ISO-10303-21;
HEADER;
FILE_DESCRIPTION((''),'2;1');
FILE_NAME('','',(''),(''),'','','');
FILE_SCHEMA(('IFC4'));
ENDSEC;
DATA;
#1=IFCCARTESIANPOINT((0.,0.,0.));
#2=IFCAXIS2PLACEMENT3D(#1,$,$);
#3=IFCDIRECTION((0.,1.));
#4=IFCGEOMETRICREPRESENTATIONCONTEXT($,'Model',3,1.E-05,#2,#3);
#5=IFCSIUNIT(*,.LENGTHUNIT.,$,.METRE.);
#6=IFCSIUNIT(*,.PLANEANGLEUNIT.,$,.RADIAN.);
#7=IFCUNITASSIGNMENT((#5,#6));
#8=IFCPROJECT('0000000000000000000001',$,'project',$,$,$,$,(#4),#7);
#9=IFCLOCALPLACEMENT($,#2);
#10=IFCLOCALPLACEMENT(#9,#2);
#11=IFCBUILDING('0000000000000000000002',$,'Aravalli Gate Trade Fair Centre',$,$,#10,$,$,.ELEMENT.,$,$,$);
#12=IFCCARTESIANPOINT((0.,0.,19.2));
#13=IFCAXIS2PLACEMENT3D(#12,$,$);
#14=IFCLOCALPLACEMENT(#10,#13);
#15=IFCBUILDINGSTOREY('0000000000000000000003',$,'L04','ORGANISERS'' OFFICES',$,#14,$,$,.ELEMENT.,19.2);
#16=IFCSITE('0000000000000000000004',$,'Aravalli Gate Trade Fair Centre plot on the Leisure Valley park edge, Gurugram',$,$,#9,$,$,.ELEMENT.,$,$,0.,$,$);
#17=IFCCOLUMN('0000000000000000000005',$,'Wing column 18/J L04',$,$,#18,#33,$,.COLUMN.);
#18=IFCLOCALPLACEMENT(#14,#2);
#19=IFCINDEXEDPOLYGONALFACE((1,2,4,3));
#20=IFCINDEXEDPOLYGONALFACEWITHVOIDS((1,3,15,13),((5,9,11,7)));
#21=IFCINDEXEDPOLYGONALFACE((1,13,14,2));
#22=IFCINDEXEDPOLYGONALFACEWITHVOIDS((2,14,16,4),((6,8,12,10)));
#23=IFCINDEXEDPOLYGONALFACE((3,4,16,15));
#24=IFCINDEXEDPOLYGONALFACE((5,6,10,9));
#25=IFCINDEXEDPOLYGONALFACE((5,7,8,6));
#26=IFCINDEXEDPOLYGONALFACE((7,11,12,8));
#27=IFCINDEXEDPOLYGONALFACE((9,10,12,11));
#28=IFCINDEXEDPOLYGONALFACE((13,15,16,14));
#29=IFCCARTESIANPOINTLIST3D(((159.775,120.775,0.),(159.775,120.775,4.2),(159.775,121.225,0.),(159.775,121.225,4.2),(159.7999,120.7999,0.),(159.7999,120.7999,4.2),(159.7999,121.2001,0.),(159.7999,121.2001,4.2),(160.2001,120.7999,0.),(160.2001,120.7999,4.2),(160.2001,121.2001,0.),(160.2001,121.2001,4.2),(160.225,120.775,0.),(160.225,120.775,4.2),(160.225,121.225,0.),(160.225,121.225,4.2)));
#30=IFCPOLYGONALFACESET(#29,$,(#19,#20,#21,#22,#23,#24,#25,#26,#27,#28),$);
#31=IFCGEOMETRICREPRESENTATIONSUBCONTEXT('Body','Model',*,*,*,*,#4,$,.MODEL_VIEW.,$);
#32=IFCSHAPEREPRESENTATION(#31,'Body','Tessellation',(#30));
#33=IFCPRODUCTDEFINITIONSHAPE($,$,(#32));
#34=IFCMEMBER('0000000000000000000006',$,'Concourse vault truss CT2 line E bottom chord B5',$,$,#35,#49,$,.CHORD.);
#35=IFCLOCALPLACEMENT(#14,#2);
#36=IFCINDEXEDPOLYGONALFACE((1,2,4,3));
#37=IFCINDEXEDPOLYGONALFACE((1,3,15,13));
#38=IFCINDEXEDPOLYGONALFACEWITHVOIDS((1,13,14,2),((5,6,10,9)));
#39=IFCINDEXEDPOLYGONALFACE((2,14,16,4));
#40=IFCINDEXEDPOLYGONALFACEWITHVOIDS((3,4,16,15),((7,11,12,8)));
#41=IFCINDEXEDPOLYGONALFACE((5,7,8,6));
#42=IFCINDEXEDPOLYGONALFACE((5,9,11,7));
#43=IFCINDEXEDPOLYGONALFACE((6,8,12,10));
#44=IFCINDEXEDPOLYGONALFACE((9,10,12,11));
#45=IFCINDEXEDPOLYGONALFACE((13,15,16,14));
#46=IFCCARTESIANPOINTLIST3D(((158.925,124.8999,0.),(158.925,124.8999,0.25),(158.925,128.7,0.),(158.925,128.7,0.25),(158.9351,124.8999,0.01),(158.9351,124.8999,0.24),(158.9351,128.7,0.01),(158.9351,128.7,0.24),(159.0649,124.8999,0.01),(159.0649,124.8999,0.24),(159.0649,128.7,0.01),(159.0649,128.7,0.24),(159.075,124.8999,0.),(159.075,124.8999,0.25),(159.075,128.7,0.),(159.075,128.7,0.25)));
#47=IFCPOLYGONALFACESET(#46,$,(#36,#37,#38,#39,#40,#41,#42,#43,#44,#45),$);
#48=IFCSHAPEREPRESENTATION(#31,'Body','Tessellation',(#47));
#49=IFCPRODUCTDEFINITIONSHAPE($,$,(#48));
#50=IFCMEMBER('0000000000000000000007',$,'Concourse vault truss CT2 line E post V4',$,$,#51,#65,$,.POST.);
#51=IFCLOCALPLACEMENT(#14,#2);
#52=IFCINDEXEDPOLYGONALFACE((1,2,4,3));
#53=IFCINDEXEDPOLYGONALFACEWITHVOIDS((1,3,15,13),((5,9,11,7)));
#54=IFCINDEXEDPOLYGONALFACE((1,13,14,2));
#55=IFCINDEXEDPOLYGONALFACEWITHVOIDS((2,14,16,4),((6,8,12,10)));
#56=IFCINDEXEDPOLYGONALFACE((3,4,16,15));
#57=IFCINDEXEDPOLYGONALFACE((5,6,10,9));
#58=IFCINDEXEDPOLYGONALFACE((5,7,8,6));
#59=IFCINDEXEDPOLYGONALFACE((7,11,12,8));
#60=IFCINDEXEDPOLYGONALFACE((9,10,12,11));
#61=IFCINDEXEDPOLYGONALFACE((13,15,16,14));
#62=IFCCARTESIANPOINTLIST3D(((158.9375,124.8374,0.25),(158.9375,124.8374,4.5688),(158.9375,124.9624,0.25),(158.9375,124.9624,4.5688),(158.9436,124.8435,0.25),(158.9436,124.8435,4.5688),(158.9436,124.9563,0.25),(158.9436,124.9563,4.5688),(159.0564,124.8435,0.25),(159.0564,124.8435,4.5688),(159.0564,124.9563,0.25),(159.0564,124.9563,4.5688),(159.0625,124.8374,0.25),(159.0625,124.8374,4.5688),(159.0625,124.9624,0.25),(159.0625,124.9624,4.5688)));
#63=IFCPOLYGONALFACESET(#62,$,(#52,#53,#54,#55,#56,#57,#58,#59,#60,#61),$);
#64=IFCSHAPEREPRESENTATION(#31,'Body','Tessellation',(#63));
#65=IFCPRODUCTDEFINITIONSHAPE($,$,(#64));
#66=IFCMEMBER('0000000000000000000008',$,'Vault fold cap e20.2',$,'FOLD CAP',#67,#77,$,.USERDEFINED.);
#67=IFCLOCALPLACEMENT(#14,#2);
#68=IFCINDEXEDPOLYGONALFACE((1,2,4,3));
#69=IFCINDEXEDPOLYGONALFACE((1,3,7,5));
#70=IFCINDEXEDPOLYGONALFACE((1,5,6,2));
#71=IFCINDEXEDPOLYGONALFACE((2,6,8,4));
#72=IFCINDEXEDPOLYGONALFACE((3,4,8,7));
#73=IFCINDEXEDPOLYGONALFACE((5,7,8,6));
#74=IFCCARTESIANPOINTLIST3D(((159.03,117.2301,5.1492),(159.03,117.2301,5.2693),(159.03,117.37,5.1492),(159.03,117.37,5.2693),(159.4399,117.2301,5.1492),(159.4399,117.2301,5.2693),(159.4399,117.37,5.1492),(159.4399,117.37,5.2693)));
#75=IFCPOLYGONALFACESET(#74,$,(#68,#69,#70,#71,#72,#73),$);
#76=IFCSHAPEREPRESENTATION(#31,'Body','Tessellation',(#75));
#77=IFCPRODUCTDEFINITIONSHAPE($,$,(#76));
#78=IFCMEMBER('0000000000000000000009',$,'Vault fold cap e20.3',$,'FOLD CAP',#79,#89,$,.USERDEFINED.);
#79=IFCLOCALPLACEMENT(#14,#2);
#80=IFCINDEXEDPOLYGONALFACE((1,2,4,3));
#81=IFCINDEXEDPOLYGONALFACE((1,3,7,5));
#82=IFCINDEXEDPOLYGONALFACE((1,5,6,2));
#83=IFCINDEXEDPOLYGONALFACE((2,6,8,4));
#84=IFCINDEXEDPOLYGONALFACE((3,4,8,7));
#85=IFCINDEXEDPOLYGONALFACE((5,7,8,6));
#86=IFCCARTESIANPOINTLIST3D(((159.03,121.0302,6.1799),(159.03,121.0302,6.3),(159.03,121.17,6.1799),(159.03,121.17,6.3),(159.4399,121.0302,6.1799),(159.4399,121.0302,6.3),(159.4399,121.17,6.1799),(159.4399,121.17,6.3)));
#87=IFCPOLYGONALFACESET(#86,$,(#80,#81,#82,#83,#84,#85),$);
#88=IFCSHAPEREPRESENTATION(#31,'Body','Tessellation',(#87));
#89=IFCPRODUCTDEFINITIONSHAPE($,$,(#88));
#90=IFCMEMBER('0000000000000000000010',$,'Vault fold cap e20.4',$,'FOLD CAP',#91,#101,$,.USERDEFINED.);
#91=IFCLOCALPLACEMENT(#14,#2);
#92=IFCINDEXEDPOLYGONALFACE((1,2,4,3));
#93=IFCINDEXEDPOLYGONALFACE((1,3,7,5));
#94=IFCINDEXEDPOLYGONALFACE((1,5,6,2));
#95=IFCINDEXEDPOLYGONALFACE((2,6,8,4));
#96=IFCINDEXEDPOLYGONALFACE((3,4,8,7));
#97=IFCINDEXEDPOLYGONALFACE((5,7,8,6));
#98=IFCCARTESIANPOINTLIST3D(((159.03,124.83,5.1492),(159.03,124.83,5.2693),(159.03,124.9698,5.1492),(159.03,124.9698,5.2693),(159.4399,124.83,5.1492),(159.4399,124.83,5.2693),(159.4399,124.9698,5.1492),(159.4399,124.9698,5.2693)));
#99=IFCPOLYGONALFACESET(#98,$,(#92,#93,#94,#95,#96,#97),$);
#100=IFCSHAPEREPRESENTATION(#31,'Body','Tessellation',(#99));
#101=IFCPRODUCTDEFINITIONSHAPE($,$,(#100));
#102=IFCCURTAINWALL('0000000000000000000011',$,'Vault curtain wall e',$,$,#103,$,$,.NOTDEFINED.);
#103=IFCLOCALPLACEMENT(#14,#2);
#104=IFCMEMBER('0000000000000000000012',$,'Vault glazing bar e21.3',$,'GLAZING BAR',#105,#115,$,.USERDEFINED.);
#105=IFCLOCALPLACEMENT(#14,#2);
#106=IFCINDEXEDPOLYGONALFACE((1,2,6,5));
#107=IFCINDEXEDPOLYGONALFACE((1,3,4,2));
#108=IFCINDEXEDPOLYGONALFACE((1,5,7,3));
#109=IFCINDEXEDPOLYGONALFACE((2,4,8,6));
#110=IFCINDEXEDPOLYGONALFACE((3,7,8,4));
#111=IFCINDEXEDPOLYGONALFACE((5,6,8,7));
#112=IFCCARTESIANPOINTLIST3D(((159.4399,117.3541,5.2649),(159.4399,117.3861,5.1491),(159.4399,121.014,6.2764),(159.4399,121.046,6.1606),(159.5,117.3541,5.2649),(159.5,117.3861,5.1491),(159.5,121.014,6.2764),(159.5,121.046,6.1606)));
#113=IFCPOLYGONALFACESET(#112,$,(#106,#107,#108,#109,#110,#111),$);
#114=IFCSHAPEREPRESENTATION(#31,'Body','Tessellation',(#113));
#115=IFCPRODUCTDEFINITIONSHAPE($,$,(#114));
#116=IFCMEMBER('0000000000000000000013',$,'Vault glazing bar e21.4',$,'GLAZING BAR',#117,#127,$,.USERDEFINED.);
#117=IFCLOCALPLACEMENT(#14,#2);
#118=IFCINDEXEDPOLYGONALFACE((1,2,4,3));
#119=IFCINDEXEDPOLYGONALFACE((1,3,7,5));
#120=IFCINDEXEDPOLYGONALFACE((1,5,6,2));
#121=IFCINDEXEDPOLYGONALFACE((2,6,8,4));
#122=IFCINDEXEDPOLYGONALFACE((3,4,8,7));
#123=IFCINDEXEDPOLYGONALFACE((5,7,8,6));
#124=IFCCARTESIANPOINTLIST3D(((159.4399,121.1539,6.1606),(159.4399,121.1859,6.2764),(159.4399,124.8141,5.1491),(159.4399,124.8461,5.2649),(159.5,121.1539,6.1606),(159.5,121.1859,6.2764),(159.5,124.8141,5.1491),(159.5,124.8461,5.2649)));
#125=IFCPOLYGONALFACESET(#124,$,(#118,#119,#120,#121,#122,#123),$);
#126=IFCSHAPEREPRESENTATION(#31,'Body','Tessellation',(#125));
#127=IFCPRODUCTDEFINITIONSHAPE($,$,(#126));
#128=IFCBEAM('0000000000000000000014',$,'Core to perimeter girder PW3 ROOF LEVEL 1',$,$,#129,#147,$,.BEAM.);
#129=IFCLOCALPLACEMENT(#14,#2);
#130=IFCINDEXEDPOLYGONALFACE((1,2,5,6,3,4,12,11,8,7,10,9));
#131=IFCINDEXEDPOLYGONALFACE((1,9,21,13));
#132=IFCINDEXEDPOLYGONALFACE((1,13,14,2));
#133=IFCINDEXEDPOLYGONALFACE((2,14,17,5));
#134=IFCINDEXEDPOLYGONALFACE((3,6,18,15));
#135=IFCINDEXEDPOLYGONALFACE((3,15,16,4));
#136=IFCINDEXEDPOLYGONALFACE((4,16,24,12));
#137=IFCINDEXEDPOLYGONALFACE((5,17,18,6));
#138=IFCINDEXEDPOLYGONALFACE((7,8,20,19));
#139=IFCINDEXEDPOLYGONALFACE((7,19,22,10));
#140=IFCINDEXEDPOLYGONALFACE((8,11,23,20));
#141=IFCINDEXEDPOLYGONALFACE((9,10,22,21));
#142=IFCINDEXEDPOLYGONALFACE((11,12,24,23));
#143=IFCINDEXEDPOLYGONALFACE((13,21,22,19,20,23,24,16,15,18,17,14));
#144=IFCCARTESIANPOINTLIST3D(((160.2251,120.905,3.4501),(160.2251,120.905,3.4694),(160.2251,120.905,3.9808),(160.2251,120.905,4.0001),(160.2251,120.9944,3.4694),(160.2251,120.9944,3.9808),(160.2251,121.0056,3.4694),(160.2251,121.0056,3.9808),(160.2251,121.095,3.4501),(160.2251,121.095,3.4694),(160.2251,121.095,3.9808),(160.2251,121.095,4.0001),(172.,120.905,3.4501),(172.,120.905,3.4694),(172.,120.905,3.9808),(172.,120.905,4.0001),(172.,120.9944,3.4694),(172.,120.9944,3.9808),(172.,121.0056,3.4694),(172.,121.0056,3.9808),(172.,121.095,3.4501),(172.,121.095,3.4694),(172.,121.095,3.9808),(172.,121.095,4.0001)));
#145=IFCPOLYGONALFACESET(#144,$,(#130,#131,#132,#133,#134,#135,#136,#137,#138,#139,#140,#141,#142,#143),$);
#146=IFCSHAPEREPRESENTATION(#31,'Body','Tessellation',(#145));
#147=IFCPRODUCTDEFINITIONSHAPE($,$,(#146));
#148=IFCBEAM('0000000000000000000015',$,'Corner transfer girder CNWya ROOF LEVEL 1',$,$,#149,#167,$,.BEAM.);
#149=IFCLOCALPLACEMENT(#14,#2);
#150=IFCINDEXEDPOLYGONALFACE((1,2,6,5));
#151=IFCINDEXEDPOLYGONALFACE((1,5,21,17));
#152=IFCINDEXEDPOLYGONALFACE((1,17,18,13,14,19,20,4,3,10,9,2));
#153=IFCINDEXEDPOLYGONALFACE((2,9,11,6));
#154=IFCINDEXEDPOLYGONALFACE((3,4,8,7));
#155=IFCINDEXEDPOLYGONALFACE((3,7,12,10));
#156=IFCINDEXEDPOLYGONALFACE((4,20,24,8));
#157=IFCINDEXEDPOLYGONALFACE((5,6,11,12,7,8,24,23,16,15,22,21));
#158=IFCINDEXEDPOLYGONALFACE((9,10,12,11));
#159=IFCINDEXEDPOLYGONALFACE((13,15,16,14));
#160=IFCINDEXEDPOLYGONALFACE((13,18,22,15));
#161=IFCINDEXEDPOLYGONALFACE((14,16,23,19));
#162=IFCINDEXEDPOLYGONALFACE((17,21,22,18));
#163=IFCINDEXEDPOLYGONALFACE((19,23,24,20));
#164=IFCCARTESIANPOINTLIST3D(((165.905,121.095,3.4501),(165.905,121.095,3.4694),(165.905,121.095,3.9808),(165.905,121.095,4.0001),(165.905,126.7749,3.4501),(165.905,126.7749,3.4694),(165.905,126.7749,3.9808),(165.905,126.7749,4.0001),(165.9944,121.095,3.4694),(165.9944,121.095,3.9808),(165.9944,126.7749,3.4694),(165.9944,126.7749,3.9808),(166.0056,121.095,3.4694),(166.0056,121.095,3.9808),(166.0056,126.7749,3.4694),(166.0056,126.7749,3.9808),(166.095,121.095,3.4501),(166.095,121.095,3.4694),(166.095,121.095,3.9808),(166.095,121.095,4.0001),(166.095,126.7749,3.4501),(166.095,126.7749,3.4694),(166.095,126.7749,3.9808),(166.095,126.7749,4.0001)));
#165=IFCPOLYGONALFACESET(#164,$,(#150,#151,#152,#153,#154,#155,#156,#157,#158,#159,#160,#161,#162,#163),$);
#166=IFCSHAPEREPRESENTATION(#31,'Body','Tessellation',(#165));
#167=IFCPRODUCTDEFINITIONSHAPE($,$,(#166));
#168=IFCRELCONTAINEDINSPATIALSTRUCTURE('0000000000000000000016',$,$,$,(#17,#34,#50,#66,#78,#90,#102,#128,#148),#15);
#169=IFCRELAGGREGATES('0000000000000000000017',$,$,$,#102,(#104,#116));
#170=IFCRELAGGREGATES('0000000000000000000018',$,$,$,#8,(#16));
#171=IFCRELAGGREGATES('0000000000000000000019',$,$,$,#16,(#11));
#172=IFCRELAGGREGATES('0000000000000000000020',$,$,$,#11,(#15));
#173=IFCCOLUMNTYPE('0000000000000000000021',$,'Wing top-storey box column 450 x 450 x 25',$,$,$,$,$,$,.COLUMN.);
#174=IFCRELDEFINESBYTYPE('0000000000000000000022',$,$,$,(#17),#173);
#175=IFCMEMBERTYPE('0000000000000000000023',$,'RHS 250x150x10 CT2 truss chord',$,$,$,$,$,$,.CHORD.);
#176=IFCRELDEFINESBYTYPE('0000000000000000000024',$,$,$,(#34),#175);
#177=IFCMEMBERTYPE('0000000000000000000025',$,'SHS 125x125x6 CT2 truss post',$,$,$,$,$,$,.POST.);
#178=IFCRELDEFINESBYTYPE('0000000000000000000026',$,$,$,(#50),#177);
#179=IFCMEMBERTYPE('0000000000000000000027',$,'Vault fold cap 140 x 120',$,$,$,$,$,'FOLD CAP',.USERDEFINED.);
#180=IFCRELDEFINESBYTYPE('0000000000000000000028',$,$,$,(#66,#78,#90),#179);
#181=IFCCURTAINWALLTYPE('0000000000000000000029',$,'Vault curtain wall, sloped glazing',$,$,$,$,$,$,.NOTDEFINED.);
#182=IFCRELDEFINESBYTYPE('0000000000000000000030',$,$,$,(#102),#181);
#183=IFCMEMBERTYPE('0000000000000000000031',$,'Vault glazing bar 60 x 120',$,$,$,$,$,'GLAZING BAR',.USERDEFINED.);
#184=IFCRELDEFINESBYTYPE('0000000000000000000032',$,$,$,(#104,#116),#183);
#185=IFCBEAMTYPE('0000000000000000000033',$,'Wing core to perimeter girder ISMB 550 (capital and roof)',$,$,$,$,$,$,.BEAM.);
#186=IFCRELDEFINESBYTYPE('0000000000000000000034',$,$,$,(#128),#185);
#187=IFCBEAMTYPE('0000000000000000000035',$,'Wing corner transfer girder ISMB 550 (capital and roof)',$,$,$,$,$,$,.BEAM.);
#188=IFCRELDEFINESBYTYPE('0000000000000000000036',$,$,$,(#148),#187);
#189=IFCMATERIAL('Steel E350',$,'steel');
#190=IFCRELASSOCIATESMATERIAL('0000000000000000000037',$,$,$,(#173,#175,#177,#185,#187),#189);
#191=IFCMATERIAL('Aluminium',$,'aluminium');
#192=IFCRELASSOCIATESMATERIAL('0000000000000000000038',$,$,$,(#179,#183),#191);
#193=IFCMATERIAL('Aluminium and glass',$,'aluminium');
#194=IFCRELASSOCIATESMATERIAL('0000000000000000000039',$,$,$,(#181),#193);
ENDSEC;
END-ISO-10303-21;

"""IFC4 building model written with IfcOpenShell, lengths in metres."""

from ifc_helpers import new_model, si_unit, direction, frame, origin, origin_2d, place, context, subcontext, project, spatial, rectangle, hollow_rectangle, i_section, extrude, material, material_profile, profile_set, type_object, element, aggregate, save


model = new_model("IFC4")

# Units and contexts
model_context = context("Model", 3, precision=1e-05, world=origin(), true_north=direction((0.0, 1.0)))
body_context = subcontext(model_context, "Body", "Model", "MODEL_VIEW")
ifc_project = project(units=[si_unit("LENGTHUNIT", "METRE"), si_unit("PLANEANGLEUNIT", "RADIAN")], contexts=[model_context])

# Site, building, storey
site_placement = place(None, origin())
site = spatial("IfcSite", under=ifc_project, at=site_placement, Name="Aravalli Gate Trade Fair Centre plot on the Leisure Valley park edge, Gurugram", CompositionType="ELEMENT", RefElevation=0.0)
building_placement = place(site_placement, origin())
building = spatial("IfcBuilding", under=site, at=building_placement, Name="Aravalli Gate Trade Fair Centre", CompositionType="ELEMENT")
storey_placement = place(building_placement, frame((0.0, 0.0, 19.2)))
storey = spatial("IfcBuildingStorey", under=building, at=storey_placement, Name="L04", Description="ORGANISERS' OFFICES", CompositionType="ELEMENT", Elevation=19.2)

# Column
ifc_material_1 = material(Name="Steel E350", Category="steel")
ifc_material_profile_1 = material_profile(ifc_material_1, hollow_rectangle(XDim=0.45, YDim=0.45, WallThickness=0.0249, at=origin_2d()), Name="BOX 450x450x25")
ifc_profile_set_1 = profile_set([ifc_material_profile_1], Name="Steel E350")
column_type = type_object("IfcColumnType", Name="Wing top-storey box column 450 x 450 x 25", PredefinedType="COLUMN", material=ifc_profile_set_1)
column_placement = place(storey_placement, frame((160.0, 121.0, 0.0), z_axis=(0.0, 0.0, 1.0), x_axis=(1.0, 0.0, 0.0)))
element("IfcColumn", 1, at=column_placement, inside=storey, type_object=column_type, Name="Wing column 18/J L04", PredefinedType="COLUMN", context=body_context, shape_type="SweptSolid", body=[
    extrude(hollow_rectangle(XDim=0.45, YDim=0.45, WallThickness=0.0249, at=origin_2d()), origin(), (0.0, 0.0, 1.0), 4.2),
])

# Members
ifc_material_profile_2 = material_profile(ifc_material_1, hollow_rectangle(XDim=0.1499, YDim=0.25, WallThickness=0.01, at=origin_2d()), Name="RHS 250x150x10")
ifc_profile_set_2 = profile_set([ifc_material_profile_2], Name="Steel E350")
member_type_1 = type_object("IfcMemberType", Name="RHS 250x150x10 CT2 truss chord", PredefinedType="CHORD", material=ifc_profile_set_2)
member_1_placement = place(storey_placement, frame((159.0, 124.8999, 0.125), z_axis=(0.0, 1.0, 0.0), x_axis=(-1.0, 0.0, 0.0)))
element("IfcMember", 2, at=member_1_placement, inside=storey, type_object=member_type_1, Name="Concourse vault truss CT2 line E bottom chord B5", PredefinedType="CHORD", context=body_context, shape_type="SweptSolid", body=[
    extrude(hollow_rectangle(XDim=0.1499, YDim=0.25, WallThickness=0.01, at=origin_2d()), origin(), (0.0, 0.0, 1.0), 3.8),
])
ifc_material_profile_3 = material_profile(ifc_material_1, hollow_rectangle(XDim=0.125, YDim=0.125, WallThickness=0.0061, at=origin_2d()), Name="SHS 125x125x6")
ifc_profile_set_3 = profile_set([ifc_material_profile_3], Name="Steel E350")
member_type_2 = type_object("IfcMemberType", Name="SHS 125x125x6 CT2 truss post", PredefinedType="POST", material=ifc_profile_set_3)
member_2_placement = place(storey_placement, frame((159.0, 124.8999, 0.25), z_axis=(0.0, 0.0, 1.0), x_axis=(1.0, 0.0, 0.0)))
element("IfcMember", 3, at=member_2_placement, inside=storey, type_object=member_type_2, Name="Concourse vault truss CT2 line E post V4", PredefinedType="POST", context=body_context, shape_type="SweptSolid", body=[
    extrude(hollow_rectangle(XDim=0.125, YDim=0.125, WallThickness=0.0061, at=origin_2d()), origin(), (0.0, 0.0, 1.0), 4.3188),
])
ifc_material_2 = material(Name="Aluminium", Category="aluminium")
ifc_material_profile_4 = material_profile(ifc_material_2, rectangle(XDim=0.1399, YDim=0.1201, at=origin_2d()), Name="Vault fold cap 140 x 120")
ifc_profile_set_4 = profile_set([ifc_material_profile_4], Name="Aluminium")
member_type_3 = type_object("IfcMemberType", Name="Vault fold cap 140 x 120", ElementType="FOLD CAP", PredefinedType="USERDEFINED", material=ifc_profile_set_4)
for number, where, z_axis, x_axis, name in (
    (4, (159.03, 117.3, 5.2092), (1.0, 0.0, 0.0), (0.0, 1.0, 0.0), "Vault fold cap e20.2"),
    (5, (159.03, 121.1001, 6.24), (1.0, 0.0, 0.0), (0.0, 1.0, 0.0), "Vault fold cap e20.3"),
    (6, (159.03, 124.8999, 5.2092), (1.0, 0.0, 0.0), (0.0, 1.0, 0.0), "Vault fold cap e20.4"),
):
    element("IfcMember", number, at=place(storey_placement, frame(where, z_axis=z_axis, x_axis=x_axis)), inside=storey, type_object=member_type_3, Name=name, ObjectType="FOLD CAP", PredefinedType="USERDEFINED", context=body_context, shape_type="SweptSolid", body=[
        extrude(rectangle(XDim=0.1399, YDim=0.1201, at=origin_2d()), origin(), (0.0, 0.0, 1.0), 0.4099),
    ])

# Curtain wall, members
ifc_material_3 = material(Name="Aluminium and glass", Category="aluminium")
curtain_wall_type = type_object("IfcCurtainWallType", Name="Vault curtain wall, sloped glazing", PredefinedType="NOTDEFINED", material=ifc_material_3)
curtain_wall_placement = place(storey_placement, origin())
curtain_wall = element("IfcCurtainWall", 7, at=curtain_wall_placement, inside=storey, type_object=curtain_wall_type, Name="Vault curtain wall e", PredefinedType="NOTDEFINED")
ifc_material_profile_5 = material_profile(ifc_material_2, rectangle(XDim=0.0601, YDim=0.1201, at=origin_2d()), Name="Vault glazing bar 60 x 120")
ifc_profile_set_5 = profile_set([ifc_material_profile_5], Name="Aluminium")
member_type_4 = type_object("IfcMemberType", Name="Vault glazing bar 60 x 120", ElementType="GLAZING BAR", PredefinedType="USERDEFINED", material=ifc_profile_set_5)
member_3_placement = place(storey_placement, frame((159.47, 117.3701, 5.207), z_axis=(0.0, 0.963868, 0.26638), x_axis=(-1.0, 0.0, 0.0)))
member_3 = element("IfcMember", 8, at=member_3_placement, type_object=member_type_4, Name="Vault glazing bar e21.3", ObjectType="GLAZING BAR", PredefinedType="USERDEFINED", context=body_context, shape_type="SweptSolid", body=[
    extrude(rectangle(XDim=0.0601, YDim=0.1201, at=origin_2d()), origin(), (0.0, 0.0, 1.0), 3.7971),
])
member_4_placement = place(storey_placement, frame((159.47, 121.1699, 6.2185), z_axis=(0.0, 0.963873, -0.266364), x_axis=(-1.0, 0.0, 0.0)))
member_4 = element("IfcMember", 9, at=member_4_placement, type_object=member_type_4, Name="Vault glazing bar e21.4", ObjectType="GLAZING BAR", PredefinedType="USERDEFINED", context=body_context, shape_type="SweptSolid", body=[
    extrude(rectangle(XDim=0.0601, YDim=0.1201, at=origin_2d()), origin(), (0.0, 0.0, 1.0), 3.7974),
])

# Beams
ifc_material_profile_6 = material_profile(ifc_material_1, i_section(OverallWidth=0.1899, OverallDepth=0.55, WebThickness=0.0112, FlangeThickness=0.0193, at=origin_2d()), Name="ISMB 550")
ifc_profile_set_6 = profile_set([ifc_material_profile_6], Name="Steel E350")
beam_type_1 = type_object("IfcBeamType", Name="Wing core to perimeter girder ISMB 550 (capital and roof)", PredefinedType="BEAM", material=ifc_profile_set_6)
beam_1_placement = place(storey_placement, frame((160.2251, 121.0, 3.7251), z_axis=(1.0, 0.0, 0.0), x_axis=(0.0, 1.0, 0.0)))
element("IfcBeam", 10, at=beam_1_placement, inside=storey, type_object=beam_type_1, Name="Core to perimeter girder PW3 ROOF LEVEL 1", PredefinedType="BEAM", context=body_context, shape_type="SweptSolid", body=[
    extrude(i_section(OverallWidth=0.1899, OverallDepth=0.55, WebThickness=0.0112, FlangeThickness=0.0193, at=origin_2d()), origin(), (0.0, 0.0, 1.0), 11.7749),
])
ifc_material_profile_7 = material_profile(ifc_material_1, i_section(OverallWidth=0.1899, OverallDepth=0.55, WebThickness=0.0112, FlangeThickness=0.0193, at=origin_2d()), Name="ISMB 550")
ifc_profile_set_7 = profile_set([ifc_material_profile_7], Name="Steel E350")
beam_type_2 = type_object("IfcBeamType", Name="Wing corner transfer girder ISMB 550 (capital and roof)", PredefinedType="BEAM", material=ifc_profile_set_7)
beam_2_placement = place(storey_placement, frame((166.0, 121.095, 3.7251), z_axis=(0.0, 1.0, 0.0), x_axis=(-1.0, 0.0, 0.0)))
element("IfcBeam", 11, at=beam_2_placement, inside=storey, type_object=beam_type_2, Name="Corner transfer girder CNWya ROOF LEVEL 1", PredefinedType="BEAM", context=body_context, shape_type="SweptSolid", body=[
    extrude(i_section(OverallWidth=0.1899, OverallDepth=0.55, WebThickness=0.0112, FlangeThickness=0.0193, at=origin_2d()), origin(), (0.0, 0.0, 1.0), 5.6799),
])

aggregate(curtain_wall, [member_3, member_4])

save(model, "model.ifc")
